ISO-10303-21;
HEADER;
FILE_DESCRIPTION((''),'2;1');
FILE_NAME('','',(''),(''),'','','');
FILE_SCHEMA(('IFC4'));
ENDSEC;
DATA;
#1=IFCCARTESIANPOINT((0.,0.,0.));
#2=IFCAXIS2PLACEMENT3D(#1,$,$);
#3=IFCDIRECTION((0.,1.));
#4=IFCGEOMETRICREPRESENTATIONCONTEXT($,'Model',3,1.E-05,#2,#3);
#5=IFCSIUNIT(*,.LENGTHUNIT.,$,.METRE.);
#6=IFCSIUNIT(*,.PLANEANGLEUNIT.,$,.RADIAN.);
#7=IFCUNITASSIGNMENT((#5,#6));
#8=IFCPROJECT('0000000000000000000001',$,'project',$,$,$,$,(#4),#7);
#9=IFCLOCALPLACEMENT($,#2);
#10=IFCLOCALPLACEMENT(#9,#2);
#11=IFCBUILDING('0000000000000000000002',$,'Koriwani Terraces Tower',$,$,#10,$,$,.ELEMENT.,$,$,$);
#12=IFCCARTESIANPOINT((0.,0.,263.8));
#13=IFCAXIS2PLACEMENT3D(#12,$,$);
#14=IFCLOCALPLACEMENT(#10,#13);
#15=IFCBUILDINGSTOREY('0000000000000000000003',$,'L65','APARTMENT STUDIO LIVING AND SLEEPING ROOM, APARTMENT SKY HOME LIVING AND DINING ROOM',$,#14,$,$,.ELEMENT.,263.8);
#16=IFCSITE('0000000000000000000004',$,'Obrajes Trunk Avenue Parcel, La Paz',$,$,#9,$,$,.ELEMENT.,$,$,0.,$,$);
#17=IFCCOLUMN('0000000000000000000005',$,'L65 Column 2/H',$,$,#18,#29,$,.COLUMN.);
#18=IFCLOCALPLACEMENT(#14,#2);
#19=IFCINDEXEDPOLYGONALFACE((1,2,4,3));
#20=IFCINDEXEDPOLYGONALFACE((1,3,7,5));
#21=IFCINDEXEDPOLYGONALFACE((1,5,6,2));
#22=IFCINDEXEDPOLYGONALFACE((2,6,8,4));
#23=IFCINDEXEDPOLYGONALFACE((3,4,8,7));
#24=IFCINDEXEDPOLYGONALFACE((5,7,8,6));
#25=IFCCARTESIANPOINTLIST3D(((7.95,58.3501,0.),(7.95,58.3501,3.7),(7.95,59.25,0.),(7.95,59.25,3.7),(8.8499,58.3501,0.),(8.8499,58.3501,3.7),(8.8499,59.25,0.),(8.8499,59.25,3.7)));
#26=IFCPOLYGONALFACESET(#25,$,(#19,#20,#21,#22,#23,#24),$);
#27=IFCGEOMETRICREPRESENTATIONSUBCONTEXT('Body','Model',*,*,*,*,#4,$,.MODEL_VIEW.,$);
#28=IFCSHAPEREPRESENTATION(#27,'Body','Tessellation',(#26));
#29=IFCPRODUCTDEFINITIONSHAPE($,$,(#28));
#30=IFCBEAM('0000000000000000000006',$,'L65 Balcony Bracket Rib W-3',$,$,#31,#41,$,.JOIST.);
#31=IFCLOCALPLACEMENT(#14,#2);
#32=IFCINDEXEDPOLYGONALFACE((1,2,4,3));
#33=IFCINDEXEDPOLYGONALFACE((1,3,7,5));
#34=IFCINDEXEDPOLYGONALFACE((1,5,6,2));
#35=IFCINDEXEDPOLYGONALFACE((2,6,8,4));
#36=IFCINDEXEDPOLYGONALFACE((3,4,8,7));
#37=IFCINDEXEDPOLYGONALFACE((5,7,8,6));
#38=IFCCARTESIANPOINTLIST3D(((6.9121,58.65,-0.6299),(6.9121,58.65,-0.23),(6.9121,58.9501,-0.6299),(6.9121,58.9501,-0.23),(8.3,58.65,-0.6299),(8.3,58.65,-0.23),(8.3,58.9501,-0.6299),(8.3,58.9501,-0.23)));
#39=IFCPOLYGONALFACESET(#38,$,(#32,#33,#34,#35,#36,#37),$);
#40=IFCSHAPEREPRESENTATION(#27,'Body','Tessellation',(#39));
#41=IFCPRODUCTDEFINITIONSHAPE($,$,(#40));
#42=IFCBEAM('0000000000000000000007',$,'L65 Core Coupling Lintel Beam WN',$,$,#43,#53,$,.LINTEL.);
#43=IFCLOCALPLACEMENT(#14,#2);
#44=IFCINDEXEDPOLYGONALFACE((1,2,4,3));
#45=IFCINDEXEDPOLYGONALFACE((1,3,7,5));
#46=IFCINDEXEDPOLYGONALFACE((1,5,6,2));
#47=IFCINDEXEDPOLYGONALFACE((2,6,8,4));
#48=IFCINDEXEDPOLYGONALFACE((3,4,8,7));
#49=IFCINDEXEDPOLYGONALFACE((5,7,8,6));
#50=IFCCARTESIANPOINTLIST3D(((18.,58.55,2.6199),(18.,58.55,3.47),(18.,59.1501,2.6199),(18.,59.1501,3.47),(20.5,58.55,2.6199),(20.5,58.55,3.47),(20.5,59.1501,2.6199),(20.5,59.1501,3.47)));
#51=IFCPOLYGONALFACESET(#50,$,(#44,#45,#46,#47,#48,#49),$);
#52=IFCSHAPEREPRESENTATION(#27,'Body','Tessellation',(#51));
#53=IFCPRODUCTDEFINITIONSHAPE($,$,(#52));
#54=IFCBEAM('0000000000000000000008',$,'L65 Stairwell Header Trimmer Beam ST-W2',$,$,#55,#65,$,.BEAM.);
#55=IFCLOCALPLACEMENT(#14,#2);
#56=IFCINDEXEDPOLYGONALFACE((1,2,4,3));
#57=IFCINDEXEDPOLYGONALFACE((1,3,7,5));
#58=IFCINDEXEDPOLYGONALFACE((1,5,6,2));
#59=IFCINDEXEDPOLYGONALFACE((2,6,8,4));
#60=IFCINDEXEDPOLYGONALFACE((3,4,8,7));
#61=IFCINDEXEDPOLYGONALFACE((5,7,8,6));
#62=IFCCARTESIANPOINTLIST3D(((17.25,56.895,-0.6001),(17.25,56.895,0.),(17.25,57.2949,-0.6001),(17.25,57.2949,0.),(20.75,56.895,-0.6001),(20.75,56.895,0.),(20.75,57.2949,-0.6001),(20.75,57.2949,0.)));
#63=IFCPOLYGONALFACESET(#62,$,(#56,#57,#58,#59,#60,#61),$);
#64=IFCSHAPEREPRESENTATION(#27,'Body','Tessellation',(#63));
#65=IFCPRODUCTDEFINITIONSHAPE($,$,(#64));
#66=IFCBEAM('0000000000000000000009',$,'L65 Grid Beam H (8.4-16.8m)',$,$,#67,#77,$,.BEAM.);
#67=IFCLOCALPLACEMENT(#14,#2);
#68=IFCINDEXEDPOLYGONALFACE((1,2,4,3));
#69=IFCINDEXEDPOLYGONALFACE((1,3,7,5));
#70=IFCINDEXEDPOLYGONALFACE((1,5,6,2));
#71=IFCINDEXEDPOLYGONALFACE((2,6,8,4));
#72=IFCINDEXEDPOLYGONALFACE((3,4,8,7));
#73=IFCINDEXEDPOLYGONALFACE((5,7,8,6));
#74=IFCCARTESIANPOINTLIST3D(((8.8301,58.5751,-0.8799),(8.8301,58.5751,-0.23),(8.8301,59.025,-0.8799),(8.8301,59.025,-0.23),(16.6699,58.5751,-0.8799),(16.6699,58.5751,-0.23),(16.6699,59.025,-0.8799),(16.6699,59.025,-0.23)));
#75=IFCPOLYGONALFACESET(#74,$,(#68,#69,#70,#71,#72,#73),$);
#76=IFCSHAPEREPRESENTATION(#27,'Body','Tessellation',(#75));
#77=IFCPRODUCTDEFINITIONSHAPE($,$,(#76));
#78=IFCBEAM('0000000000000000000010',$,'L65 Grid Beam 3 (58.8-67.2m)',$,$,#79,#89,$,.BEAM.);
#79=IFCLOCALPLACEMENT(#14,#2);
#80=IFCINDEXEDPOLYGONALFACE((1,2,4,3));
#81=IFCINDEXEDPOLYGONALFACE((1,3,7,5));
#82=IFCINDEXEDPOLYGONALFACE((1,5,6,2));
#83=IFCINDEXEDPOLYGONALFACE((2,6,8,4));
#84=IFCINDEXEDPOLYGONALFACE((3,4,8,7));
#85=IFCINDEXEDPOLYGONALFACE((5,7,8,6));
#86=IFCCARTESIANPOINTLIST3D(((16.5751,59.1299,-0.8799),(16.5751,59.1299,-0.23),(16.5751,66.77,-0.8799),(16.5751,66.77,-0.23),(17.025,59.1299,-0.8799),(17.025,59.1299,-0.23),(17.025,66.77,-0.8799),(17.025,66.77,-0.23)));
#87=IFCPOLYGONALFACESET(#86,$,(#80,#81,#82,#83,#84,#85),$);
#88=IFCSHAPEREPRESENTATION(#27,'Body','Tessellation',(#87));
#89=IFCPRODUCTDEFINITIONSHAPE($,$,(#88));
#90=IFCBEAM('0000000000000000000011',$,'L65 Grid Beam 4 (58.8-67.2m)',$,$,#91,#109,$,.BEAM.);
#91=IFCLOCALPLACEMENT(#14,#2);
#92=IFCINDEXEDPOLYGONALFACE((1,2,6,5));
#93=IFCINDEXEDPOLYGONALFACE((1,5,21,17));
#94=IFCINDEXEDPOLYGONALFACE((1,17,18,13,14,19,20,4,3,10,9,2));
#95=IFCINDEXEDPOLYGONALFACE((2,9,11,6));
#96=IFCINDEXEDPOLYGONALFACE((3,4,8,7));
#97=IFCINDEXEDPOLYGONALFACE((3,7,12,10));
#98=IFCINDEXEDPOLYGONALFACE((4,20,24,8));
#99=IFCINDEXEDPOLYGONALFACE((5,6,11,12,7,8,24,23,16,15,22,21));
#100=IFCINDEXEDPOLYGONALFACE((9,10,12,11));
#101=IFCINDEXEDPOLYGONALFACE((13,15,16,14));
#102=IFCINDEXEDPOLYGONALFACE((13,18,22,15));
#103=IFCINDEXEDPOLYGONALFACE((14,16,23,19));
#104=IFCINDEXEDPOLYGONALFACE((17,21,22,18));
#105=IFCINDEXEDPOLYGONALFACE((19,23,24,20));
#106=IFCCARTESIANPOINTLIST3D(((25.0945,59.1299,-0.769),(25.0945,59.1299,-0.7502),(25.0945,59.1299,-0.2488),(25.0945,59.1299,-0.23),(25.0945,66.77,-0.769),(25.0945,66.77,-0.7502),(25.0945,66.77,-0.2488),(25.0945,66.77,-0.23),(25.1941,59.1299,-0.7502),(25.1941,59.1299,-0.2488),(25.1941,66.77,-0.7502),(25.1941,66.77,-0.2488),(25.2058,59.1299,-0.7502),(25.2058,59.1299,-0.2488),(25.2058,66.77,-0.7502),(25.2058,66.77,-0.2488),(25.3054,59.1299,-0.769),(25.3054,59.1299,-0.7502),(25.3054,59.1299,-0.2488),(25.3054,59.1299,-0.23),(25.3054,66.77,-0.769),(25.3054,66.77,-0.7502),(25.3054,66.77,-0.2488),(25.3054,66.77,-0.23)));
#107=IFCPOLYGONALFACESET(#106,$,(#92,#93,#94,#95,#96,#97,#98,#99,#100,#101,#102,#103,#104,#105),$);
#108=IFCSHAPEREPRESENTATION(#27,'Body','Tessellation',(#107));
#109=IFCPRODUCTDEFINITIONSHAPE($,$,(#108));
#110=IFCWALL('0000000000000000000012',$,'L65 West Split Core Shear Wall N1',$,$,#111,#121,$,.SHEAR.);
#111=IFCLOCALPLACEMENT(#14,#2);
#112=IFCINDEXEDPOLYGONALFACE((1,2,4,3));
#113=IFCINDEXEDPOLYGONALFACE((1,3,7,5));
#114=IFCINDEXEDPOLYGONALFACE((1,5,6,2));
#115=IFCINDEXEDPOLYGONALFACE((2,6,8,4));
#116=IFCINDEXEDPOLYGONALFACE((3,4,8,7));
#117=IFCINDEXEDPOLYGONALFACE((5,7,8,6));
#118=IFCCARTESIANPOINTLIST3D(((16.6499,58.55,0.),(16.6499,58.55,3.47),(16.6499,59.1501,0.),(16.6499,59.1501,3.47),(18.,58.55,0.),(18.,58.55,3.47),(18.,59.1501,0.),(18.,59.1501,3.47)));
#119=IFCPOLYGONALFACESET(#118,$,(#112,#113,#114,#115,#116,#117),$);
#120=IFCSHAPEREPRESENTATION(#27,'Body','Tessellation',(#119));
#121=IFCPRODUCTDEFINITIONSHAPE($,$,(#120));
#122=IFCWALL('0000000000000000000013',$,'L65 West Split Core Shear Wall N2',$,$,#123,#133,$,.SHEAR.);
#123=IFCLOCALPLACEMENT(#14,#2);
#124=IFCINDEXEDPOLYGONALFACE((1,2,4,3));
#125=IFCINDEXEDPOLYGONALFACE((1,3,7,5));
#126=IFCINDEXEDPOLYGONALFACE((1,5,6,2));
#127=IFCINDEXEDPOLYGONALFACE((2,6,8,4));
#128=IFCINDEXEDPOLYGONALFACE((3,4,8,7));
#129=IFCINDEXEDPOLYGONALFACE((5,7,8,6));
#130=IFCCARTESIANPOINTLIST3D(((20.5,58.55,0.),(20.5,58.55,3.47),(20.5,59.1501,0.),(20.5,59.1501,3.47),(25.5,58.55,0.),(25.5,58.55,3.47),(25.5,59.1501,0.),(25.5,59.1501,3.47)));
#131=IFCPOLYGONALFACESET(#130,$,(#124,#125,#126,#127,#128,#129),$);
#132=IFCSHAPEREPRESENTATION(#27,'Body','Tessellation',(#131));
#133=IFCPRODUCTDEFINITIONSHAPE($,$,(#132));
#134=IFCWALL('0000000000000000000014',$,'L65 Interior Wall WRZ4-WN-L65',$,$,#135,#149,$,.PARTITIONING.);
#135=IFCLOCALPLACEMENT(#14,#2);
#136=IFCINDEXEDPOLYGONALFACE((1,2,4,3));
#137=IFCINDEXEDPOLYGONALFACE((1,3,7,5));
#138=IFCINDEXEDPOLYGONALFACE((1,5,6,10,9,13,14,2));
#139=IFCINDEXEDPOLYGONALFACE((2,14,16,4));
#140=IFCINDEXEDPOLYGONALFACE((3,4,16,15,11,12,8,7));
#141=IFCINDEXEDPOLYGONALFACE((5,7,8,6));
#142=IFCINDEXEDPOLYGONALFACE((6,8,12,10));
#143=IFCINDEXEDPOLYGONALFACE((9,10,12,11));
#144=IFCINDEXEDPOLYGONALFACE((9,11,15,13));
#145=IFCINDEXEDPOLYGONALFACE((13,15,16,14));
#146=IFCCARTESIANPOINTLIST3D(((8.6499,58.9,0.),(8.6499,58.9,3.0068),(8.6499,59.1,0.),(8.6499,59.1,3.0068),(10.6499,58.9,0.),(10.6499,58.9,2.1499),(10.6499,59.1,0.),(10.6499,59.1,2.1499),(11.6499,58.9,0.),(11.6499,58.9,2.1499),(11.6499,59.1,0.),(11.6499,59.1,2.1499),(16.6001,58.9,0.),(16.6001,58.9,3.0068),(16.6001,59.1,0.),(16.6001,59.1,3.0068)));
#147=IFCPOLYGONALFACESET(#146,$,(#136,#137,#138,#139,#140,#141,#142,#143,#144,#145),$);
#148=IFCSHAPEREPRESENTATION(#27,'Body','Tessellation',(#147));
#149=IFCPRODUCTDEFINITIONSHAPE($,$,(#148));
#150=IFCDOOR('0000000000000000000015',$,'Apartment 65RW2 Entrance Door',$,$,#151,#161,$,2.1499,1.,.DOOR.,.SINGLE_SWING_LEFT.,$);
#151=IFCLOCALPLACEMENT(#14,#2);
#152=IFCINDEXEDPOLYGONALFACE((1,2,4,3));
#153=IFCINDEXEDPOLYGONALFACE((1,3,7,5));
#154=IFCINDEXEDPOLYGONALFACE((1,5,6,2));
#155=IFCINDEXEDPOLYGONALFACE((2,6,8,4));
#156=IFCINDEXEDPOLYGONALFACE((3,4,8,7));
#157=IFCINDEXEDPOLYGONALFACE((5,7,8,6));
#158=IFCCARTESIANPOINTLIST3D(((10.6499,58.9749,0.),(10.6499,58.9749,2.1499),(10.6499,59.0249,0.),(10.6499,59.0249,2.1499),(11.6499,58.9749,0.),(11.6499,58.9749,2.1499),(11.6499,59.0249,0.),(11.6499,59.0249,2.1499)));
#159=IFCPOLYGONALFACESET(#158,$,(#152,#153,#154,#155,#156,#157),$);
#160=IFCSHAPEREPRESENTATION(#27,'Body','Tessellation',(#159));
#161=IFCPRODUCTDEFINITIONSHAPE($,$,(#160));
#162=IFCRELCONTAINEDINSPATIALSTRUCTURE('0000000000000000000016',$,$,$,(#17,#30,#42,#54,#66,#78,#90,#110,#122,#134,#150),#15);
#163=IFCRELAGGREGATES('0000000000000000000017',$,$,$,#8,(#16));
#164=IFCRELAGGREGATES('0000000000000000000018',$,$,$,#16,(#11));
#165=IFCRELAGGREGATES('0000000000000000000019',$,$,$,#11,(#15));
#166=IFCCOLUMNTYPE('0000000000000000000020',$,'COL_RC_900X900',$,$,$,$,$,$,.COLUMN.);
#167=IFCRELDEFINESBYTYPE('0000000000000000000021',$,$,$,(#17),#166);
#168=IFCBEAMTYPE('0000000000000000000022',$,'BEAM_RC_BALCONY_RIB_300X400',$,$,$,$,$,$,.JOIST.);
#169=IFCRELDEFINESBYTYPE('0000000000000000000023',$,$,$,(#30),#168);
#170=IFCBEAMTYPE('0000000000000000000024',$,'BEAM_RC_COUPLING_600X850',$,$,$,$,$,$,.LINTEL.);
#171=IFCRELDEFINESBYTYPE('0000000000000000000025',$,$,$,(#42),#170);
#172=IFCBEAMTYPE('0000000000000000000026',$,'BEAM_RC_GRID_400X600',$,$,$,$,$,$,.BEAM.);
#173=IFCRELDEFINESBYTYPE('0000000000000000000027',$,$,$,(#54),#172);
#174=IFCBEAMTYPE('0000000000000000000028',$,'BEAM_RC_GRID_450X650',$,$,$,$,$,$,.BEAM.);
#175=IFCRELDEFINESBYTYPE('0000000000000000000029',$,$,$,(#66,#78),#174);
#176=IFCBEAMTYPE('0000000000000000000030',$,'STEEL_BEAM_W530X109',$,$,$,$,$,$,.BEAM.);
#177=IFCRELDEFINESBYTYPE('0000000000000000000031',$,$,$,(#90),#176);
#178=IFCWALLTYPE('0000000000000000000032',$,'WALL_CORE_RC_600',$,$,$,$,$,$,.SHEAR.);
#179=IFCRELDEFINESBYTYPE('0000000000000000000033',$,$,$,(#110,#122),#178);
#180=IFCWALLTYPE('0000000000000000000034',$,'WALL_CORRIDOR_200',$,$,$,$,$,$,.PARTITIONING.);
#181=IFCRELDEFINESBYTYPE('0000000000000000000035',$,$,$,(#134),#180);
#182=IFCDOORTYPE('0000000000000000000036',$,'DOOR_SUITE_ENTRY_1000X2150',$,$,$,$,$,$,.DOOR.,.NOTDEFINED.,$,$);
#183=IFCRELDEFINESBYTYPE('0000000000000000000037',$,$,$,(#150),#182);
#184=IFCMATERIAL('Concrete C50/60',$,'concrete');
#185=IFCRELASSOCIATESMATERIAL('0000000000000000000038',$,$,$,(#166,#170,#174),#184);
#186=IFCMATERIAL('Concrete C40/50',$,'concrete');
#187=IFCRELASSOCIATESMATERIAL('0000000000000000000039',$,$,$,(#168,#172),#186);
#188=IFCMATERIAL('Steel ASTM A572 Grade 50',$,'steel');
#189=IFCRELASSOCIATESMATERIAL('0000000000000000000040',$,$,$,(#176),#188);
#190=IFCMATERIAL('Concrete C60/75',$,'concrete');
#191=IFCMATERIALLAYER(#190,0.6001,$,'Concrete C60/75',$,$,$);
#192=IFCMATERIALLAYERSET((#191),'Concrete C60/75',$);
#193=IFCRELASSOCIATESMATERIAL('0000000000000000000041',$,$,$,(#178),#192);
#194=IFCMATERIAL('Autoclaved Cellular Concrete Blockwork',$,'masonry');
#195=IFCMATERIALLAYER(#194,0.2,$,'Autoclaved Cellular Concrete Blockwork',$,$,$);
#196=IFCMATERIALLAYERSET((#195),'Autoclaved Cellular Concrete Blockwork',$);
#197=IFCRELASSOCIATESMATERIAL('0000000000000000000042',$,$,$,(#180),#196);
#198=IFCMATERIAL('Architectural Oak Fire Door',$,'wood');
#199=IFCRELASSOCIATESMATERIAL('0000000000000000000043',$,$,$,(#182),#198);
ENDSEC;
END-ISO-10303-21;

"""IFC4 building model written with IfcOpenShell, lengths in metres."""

from ifc_helpers import new_model, si_unit, direction, frame, frame_2d, origin, origin_2d, place, context, subcontext, project, spatial, rectangle, i_section, extrude, material, layer, layer_set, material_profile, profile_set, type_object, element, fill, save


model = new_model("IFC4")

# Units and contexts
model_context = context("Model", 3, precision=1e-05, world=origin(), true_north=direction((0.0, 1.0)))
body_context = subcontext(model_context, "Body", "Model", "MODEL_VIEW")
ifc_project = project(units=[si_unit("LENGTHUNIT", "METRE"), si_unit("PLANEANGLEUNIT", "RADIAN")], contexts=[model_context])

# Site, building, storey
site_placement = place(None, origin())
site = spatial("IfcSite", under=ifc_project, at=site_placement, Name="Obrajes Trunk Avenue Parcel, La Paz", CompositionType="ELEMENT", RefElevation=0.0)
building_placement = place(site_placement, origin())
building = spatial("IfcBuilding", under=site, at=building_placement, Name="Koriwani Terraces Tower", CompositionType="ELEMENT")
storey_placement = place(building_placement, frame((0.0, 0.0, 263.8)))
storey = spatial("IfcBuildingStorey", under=building, at=storey_placement, Name="L65", Description="APARTMENT STUDIO LIVING AND SLEEPING ROOM, APARTMENT SKY HOME LIVING AND DINING ROOM", CompositionType="ELEMENT", Elevation=263.8)

# Column
ifc_material_1 = material(Name="Concrete C50/60", Category="concrete")
ifc_material_profile_1 = material_profile(ifc_material_1, rectangle(XDim=0.8999, YDim=0.8999, at=origin_2d()), Name="Concrete C50/60", Category="LoadBearing")
ifc_profile_set_1 = profile_set([ifc_material_profile_1], Name="Concrete C50/60")
column_type = type_object("IfcColumnType", Name="COL_RC_900X900", PredefinedType="COLUMN", material=ifc_profile_set_1)
column_placement = place(storey_placement, frame((8.3999, 58.8, 0.0), z_axis=(0.0, 0.0, 1.0), x_axis=(1.0, 0.0, 0.0)))
element("IfcColumn", 1, at=column_placement, inside=storey, type_object=column_type, Name="L65 Column 2/H", PredefinedType="COLUMN", context=body_context, shape_type="SweptSolid", body=[
    extrude(rectangle(XDim=0.8999, YDim=0.8999, at=origin_2d()), origin(), (0.0, 0.0, 1.0), 3.7),
])

# Beams
ifc_material_2 = material(Name="Concrete C40/50", Category="concrete")
ifc_material_profile_2 = material_profile(ifc_material_2, rectangle(XDim=0.3, YDim=0.3999, at=origin_2d()), Name="Concrete C40/50", Category="LoadBearing")
ifc_profile_set_2 = profile_set([ifc_material_profile_2], Name="Concrete C40/50")
beam_type_1 = type_object("IfcBeamType", Name="BEAM_RC_BALCONY_RIB_300X400", PredefinedType="JOIST", material=ifc_profile_set_2)
beam_1_placement = place(storey_placement, frame((6.9121, 58.8, -0.4299), z_axis=(1.0, 0.0, 0.0), x_axis=(0.0, 1.0, 0.0)))
element("IfcBeam", 2, at=beam_1_placement, inside=storey, type_object=beam_type_1, Name="L65 Balcony Bracket Rib W-3", PredefinedType="JOIST", context=body_context, shape_type="SweptSolid", body=[
    extrude(rectangle(XDim=0.3, YDim=0.3999, at=origin_2d()), origin(), (0.0, 0.0, 1.0), 1.3879),
])
ifc_material_profile_3 = material_profile(ifc_material_1, rectangle(XDim=0.6001, YDim=0.8501, at=origin_2d()), Name="Concrete C50/60", Category="LoadBearing")
ifc_profile_set_3 = profile_set([ifc_material_profile_3], Name="Concrete C50/60")
beam_type_2 = type_object("IfcBeamType", Name="BEAM_RC_COUPLING_600X850", PredefinedType="LINTEL", material=ifc_profile_set_3)
beam_2_placement = place(storey_placement, frame((18.0, 58.8501, 3.0449), z_axis=(1.0, 0.0, 0.0), x_axis=(0.0, 1.0, 0.0)))
element("IfcBeam", 3, at=beam_2_placement, inside=storey, type_object=beam_type_2, Name="L65 Core Coupling Lintel Beam WN", PredefinedType="LINTEL", context=body_context, shape_type="SweptSolid", body=[
    extrude(rectangle(XDim=0.6001, YDim=0.8501, at=origin_2d()), origin(), (0.0, 0.0, 1.0), 2.5),
])
ifc_material_profile_4 = material_profile(ifc_material_2, rectangle(XDim=0.3999, YDim=0.6001, at=origin_2d()), Name="Concrete C40/50", Category="LoadBearing")
ifc_profile_set_4 = profile_set([ifc_material_profile_4], Name="Concrete C40/50")
beam_type_3 = type_object("IfcBeamType", Name="BEAM_RC_GRID_400X600", PredefinedType="BEAM", material=ifc_profile_set_4)
beam_3_placement = place(storey_placement, frame((17.25, 57.095, -0.3), z_axis=(1.0, 0.0, 0.0), x_axis=(0.0, 1.0, 0.0)))
element("IfcBeam", 4, at=beam_3_placement, inside=storey, type_object=beam_type_3, Name="L65 Stairwell Header Trimmer Beam ST-W2", PredefinedType="BEAM", context=body_context, shape_type="SweptSolid", body=[
    extrude(rectangle(XDim=0.3999, YDim=0.6001, at=origin_2d()), origin(), (0.0, 0.0, 1.0), 3.5),
])
ifc_material_profile_5 = material_profile(ifc_material_1, rectangle(XDim=0.45, YDim=0.6499, at=origin_2d()), Name="Concrete C50/60", Category="LoadBearing")
ifc_profile_set_5 = profile_set([ifc_material_profile_5], Name="Concrete C50/60")
beam_type_4 = type_object("IfcBeamType", Name="BEAM_RC_GRID_450X650", PredefinedType="BEAM", material=ifc_profile_set_5)
beam_4_placement = place(storey_placement, frame((8.8301, 58.8, -0.5549), z_axis=(1.0, 0.0, 0.0), x_axis=(0.0, 1.0, 0.0)))
element("IfcBeam", 5, at=beam_4_placement, inside=storey, type_object=beam_type_4, Name="L65 Grid Beam H (8.4-16.8m)", PredefinedType="BEAM", context=body_context, shape_type="SweptSolid", body=[
    extrude(rectangle(XDim=0.45, YDim=0.6499, at=origin_2d()), origin(), (0.0, 0.0, 1.0), 7.8398),
])
beam_5_placement = place(storey_placement, frame((16.8, 59.1299, -0.5549), z_axis=(0.0, 1.0, 0.0), x_axis=(-1.0, 0.0, 0.0)))
element("IfcBeam", 6, at=beam_5_placement, inside=storey, type_object=beam_type_4, Name="L65 Grid Beam 3 (58.8-67.2m)", PredefinedType="BEAM", context=body_context, shape_type="SweptSolid", body=[
    extrude(rectangle(XDim=0.45, YDim=0.6499, at=origin_2d()), origin(), (0.0, 0.0, 1.0), 7.6401),
])
ifc_material_3 = material(Name="Steel ASTM A572 Grade 50", Category="steel")
ifc_material_profile_6 = material_profile(ifc_material_3, i_section(OverallWidth=0.2109, OverallDepth=0.5391, WebThickness=0.0117, FlangeThickness=0.0188, at=origin_2d()), Name="Steel ASTM A572 Grade 50", Category="LoadBearing")
ifc_profile_set_6 = profile_set([ifc_material_profile_6], Name="Steel ASTM A572 Grade 50")
beam_type_5 = type_object("IfcBeamType", Name="STEEL_BEAM_W530X109", PredefinedType="BEAM", material=ifc_profile_set_6)
beam_6_placement = place(storey_placement, frame((25.2, 59.1299, -0.4995), z_axis=(0.0, 1.0, 0.0), x_axis=(-1.0, 0.0, 0.0)))
element("IfcBeam", 7, at=beam_6_placement, inside=storey, type_object=beam_type_5, Name="L65 Grid Beam 4 (58.8-67.2m)", PredefinedType="BEAM", context=body_context, shape_type="SweptSolid", body=[
    extrude(i_section(OverallWidth=0.2109, OverallDepth=0.5391, WebThickness=0.0117, FlangeThickness=0.0188, at=origin_2d()), origin(), (0.0, 0.0, 1.0), 7.6401),
])

# Walls
ifc_material_4 = material(Name="Concrete C60/75", Category="concrete")
ifc_layer_1 = layer(ifc_material_4, 0.6001, Name="Concrete C60/75")
ifc_layer_set_1 = layer_set([ifc_layer_1], Name="Concrete C60/75")
wall_type_1 = type_object("IfcWallType", Name="WALL_CORE_RC_600", PredefinedType="SHEAR", material=ifc_layer_set_1)
wall_1_placement = place(storey_placement, frame((16.6499, 58.8501, 0.0), z_axis=(0.0, 0.0, 1.0), x_axis=(1.0, 0.0, 0.0)))
element("IfcWall", 8, at=wall_1_placement, inside=storey, type_object=wall_type_1, Name="L65 West Split Core Shear Wall N1", PredefinedType="SHEAR", context=body_context, shape_type="SweptSolid", body=[
    extrude(rectangle(XDim=1.3501, YDim=0.6001, at=frame_2d((0.675, 0.0))), origin(), (0.0, 0.0, 1.0), 3.47),
])
wall_2_placement = place(storey_placement, frame((20.5, 58.8501, 0.0), z_axis=(0.0, 0.0, 1.0), x_axis=(1.0, 0.0, 0.0)))
element("IfcWall", 9, at=wall_2_placement, inside=storey, type_object=wall_type_1, Name="L65 West Split Core Shear Wall N2", PredefinedType="SHEAR", context=body_context, shape_type="SweptSolid", body=[
    extrude(rectangle(XDim=5.0, YDim=0.6001, at=frame_2d((2.5, 0.0))), origin(), (0.0, 0.0, 1.0), 3.47),
])

# Wall, opening, door
ifc_material_5 = material(Name="Autoclaved Cellular Concrete Blockwork", Category="masonry")
ifc_layer_2 = layer(ifc_material_5, 0.2, Name="Autoclaved Cellular Concrete Blockwork")
ifc_layer_set_2 = layer_set([ifc_layer_2], Name="Autoclaved Cellular Concrete Blockwork")
wall_type_2 = type_object("IfcWallType", Name="WALL_CORRIDOR_200", PredefinedType="PARTITIONING", material=ifc_layer_set_2)
wall_3_placement = place(storey_placement, frame((8.6499, 59.0, 0.0), z_axis=(0.0, 0.0, 1.0), x_axis=(1.0, 0.0, 0.0)))
wall_3 = element("IfcWall", 10, at=wall_3_placement, inside=storey, type_object=wall_type_2, Name="L65 Interior Wall WRZ4-WN-L65", PredefinedType="PARTITIONING", context=body_context, shape_type="SweptSolid", body=[
    extrude(rectangle(XDim=7.9502, YDim=0.2, at=frame_2d((3.9751, 0.0))), origin(), (0.0, 0.0, 1.0), 3.0068),
])
opening_1_placement = place(wall_3_placement, frame((2.0, 0.0, 0.0)))
opening_1 = element("IfcOpeningElement", 11, at=opening_1_placement, cuts=wall_3, PredefinedType="OPENING", context=body_context, shape_type="SweptSolid", body=[
    extrude(rectangle(XDim=1.0, YDim=2.1499, at=frame_2d((0.5, 1.075))), frame((0.0, 0.1099, 0.0), z_axis=(0.0, -1.0, 0.0), x_axis=(1.0, 0.0, 0.0)), (0.0, 0.0, 1.0), 0.22),
])
ifc_material_6 = material(Name="Architectural Oak Fire Door", Category="wood")
door_type_1 = type_object("IfcDoorType", Name="DOOR_SUITE_ENTRY_1000X2150", OperationType="NOTDEFINED", PredefinedType="DOOR", material=ifc_material_6)
door_1_placement = place(opening_1_placement, origin())
door_1 = element("IfcDoor", 12, at=door_1_placement, inside=storey, type_object=door_type_1, Name="Apartment 65RW2 Entrance Door", OperationType="SINGLE_SWING_LEFT", OverallHeight=2.1499, OverallWidth=1.0, PredefinedType="DOOR", context=body_context, shape_type="SweptSolid", body=[
    extrude(rectangle(XDim=1.0, YDim=2.1499, at=frame_2d((0.5, 1.075))), frame((0.0, 0.0249, 0.0), z_axis=(0.0, -1.0, 0.0), x_axis=(1.0, 0.0, 0.0)), (0.0, 0.0, 1.0), 0.05),
])
fill(opening_1, door_1)

save(model, "model.ifc")
